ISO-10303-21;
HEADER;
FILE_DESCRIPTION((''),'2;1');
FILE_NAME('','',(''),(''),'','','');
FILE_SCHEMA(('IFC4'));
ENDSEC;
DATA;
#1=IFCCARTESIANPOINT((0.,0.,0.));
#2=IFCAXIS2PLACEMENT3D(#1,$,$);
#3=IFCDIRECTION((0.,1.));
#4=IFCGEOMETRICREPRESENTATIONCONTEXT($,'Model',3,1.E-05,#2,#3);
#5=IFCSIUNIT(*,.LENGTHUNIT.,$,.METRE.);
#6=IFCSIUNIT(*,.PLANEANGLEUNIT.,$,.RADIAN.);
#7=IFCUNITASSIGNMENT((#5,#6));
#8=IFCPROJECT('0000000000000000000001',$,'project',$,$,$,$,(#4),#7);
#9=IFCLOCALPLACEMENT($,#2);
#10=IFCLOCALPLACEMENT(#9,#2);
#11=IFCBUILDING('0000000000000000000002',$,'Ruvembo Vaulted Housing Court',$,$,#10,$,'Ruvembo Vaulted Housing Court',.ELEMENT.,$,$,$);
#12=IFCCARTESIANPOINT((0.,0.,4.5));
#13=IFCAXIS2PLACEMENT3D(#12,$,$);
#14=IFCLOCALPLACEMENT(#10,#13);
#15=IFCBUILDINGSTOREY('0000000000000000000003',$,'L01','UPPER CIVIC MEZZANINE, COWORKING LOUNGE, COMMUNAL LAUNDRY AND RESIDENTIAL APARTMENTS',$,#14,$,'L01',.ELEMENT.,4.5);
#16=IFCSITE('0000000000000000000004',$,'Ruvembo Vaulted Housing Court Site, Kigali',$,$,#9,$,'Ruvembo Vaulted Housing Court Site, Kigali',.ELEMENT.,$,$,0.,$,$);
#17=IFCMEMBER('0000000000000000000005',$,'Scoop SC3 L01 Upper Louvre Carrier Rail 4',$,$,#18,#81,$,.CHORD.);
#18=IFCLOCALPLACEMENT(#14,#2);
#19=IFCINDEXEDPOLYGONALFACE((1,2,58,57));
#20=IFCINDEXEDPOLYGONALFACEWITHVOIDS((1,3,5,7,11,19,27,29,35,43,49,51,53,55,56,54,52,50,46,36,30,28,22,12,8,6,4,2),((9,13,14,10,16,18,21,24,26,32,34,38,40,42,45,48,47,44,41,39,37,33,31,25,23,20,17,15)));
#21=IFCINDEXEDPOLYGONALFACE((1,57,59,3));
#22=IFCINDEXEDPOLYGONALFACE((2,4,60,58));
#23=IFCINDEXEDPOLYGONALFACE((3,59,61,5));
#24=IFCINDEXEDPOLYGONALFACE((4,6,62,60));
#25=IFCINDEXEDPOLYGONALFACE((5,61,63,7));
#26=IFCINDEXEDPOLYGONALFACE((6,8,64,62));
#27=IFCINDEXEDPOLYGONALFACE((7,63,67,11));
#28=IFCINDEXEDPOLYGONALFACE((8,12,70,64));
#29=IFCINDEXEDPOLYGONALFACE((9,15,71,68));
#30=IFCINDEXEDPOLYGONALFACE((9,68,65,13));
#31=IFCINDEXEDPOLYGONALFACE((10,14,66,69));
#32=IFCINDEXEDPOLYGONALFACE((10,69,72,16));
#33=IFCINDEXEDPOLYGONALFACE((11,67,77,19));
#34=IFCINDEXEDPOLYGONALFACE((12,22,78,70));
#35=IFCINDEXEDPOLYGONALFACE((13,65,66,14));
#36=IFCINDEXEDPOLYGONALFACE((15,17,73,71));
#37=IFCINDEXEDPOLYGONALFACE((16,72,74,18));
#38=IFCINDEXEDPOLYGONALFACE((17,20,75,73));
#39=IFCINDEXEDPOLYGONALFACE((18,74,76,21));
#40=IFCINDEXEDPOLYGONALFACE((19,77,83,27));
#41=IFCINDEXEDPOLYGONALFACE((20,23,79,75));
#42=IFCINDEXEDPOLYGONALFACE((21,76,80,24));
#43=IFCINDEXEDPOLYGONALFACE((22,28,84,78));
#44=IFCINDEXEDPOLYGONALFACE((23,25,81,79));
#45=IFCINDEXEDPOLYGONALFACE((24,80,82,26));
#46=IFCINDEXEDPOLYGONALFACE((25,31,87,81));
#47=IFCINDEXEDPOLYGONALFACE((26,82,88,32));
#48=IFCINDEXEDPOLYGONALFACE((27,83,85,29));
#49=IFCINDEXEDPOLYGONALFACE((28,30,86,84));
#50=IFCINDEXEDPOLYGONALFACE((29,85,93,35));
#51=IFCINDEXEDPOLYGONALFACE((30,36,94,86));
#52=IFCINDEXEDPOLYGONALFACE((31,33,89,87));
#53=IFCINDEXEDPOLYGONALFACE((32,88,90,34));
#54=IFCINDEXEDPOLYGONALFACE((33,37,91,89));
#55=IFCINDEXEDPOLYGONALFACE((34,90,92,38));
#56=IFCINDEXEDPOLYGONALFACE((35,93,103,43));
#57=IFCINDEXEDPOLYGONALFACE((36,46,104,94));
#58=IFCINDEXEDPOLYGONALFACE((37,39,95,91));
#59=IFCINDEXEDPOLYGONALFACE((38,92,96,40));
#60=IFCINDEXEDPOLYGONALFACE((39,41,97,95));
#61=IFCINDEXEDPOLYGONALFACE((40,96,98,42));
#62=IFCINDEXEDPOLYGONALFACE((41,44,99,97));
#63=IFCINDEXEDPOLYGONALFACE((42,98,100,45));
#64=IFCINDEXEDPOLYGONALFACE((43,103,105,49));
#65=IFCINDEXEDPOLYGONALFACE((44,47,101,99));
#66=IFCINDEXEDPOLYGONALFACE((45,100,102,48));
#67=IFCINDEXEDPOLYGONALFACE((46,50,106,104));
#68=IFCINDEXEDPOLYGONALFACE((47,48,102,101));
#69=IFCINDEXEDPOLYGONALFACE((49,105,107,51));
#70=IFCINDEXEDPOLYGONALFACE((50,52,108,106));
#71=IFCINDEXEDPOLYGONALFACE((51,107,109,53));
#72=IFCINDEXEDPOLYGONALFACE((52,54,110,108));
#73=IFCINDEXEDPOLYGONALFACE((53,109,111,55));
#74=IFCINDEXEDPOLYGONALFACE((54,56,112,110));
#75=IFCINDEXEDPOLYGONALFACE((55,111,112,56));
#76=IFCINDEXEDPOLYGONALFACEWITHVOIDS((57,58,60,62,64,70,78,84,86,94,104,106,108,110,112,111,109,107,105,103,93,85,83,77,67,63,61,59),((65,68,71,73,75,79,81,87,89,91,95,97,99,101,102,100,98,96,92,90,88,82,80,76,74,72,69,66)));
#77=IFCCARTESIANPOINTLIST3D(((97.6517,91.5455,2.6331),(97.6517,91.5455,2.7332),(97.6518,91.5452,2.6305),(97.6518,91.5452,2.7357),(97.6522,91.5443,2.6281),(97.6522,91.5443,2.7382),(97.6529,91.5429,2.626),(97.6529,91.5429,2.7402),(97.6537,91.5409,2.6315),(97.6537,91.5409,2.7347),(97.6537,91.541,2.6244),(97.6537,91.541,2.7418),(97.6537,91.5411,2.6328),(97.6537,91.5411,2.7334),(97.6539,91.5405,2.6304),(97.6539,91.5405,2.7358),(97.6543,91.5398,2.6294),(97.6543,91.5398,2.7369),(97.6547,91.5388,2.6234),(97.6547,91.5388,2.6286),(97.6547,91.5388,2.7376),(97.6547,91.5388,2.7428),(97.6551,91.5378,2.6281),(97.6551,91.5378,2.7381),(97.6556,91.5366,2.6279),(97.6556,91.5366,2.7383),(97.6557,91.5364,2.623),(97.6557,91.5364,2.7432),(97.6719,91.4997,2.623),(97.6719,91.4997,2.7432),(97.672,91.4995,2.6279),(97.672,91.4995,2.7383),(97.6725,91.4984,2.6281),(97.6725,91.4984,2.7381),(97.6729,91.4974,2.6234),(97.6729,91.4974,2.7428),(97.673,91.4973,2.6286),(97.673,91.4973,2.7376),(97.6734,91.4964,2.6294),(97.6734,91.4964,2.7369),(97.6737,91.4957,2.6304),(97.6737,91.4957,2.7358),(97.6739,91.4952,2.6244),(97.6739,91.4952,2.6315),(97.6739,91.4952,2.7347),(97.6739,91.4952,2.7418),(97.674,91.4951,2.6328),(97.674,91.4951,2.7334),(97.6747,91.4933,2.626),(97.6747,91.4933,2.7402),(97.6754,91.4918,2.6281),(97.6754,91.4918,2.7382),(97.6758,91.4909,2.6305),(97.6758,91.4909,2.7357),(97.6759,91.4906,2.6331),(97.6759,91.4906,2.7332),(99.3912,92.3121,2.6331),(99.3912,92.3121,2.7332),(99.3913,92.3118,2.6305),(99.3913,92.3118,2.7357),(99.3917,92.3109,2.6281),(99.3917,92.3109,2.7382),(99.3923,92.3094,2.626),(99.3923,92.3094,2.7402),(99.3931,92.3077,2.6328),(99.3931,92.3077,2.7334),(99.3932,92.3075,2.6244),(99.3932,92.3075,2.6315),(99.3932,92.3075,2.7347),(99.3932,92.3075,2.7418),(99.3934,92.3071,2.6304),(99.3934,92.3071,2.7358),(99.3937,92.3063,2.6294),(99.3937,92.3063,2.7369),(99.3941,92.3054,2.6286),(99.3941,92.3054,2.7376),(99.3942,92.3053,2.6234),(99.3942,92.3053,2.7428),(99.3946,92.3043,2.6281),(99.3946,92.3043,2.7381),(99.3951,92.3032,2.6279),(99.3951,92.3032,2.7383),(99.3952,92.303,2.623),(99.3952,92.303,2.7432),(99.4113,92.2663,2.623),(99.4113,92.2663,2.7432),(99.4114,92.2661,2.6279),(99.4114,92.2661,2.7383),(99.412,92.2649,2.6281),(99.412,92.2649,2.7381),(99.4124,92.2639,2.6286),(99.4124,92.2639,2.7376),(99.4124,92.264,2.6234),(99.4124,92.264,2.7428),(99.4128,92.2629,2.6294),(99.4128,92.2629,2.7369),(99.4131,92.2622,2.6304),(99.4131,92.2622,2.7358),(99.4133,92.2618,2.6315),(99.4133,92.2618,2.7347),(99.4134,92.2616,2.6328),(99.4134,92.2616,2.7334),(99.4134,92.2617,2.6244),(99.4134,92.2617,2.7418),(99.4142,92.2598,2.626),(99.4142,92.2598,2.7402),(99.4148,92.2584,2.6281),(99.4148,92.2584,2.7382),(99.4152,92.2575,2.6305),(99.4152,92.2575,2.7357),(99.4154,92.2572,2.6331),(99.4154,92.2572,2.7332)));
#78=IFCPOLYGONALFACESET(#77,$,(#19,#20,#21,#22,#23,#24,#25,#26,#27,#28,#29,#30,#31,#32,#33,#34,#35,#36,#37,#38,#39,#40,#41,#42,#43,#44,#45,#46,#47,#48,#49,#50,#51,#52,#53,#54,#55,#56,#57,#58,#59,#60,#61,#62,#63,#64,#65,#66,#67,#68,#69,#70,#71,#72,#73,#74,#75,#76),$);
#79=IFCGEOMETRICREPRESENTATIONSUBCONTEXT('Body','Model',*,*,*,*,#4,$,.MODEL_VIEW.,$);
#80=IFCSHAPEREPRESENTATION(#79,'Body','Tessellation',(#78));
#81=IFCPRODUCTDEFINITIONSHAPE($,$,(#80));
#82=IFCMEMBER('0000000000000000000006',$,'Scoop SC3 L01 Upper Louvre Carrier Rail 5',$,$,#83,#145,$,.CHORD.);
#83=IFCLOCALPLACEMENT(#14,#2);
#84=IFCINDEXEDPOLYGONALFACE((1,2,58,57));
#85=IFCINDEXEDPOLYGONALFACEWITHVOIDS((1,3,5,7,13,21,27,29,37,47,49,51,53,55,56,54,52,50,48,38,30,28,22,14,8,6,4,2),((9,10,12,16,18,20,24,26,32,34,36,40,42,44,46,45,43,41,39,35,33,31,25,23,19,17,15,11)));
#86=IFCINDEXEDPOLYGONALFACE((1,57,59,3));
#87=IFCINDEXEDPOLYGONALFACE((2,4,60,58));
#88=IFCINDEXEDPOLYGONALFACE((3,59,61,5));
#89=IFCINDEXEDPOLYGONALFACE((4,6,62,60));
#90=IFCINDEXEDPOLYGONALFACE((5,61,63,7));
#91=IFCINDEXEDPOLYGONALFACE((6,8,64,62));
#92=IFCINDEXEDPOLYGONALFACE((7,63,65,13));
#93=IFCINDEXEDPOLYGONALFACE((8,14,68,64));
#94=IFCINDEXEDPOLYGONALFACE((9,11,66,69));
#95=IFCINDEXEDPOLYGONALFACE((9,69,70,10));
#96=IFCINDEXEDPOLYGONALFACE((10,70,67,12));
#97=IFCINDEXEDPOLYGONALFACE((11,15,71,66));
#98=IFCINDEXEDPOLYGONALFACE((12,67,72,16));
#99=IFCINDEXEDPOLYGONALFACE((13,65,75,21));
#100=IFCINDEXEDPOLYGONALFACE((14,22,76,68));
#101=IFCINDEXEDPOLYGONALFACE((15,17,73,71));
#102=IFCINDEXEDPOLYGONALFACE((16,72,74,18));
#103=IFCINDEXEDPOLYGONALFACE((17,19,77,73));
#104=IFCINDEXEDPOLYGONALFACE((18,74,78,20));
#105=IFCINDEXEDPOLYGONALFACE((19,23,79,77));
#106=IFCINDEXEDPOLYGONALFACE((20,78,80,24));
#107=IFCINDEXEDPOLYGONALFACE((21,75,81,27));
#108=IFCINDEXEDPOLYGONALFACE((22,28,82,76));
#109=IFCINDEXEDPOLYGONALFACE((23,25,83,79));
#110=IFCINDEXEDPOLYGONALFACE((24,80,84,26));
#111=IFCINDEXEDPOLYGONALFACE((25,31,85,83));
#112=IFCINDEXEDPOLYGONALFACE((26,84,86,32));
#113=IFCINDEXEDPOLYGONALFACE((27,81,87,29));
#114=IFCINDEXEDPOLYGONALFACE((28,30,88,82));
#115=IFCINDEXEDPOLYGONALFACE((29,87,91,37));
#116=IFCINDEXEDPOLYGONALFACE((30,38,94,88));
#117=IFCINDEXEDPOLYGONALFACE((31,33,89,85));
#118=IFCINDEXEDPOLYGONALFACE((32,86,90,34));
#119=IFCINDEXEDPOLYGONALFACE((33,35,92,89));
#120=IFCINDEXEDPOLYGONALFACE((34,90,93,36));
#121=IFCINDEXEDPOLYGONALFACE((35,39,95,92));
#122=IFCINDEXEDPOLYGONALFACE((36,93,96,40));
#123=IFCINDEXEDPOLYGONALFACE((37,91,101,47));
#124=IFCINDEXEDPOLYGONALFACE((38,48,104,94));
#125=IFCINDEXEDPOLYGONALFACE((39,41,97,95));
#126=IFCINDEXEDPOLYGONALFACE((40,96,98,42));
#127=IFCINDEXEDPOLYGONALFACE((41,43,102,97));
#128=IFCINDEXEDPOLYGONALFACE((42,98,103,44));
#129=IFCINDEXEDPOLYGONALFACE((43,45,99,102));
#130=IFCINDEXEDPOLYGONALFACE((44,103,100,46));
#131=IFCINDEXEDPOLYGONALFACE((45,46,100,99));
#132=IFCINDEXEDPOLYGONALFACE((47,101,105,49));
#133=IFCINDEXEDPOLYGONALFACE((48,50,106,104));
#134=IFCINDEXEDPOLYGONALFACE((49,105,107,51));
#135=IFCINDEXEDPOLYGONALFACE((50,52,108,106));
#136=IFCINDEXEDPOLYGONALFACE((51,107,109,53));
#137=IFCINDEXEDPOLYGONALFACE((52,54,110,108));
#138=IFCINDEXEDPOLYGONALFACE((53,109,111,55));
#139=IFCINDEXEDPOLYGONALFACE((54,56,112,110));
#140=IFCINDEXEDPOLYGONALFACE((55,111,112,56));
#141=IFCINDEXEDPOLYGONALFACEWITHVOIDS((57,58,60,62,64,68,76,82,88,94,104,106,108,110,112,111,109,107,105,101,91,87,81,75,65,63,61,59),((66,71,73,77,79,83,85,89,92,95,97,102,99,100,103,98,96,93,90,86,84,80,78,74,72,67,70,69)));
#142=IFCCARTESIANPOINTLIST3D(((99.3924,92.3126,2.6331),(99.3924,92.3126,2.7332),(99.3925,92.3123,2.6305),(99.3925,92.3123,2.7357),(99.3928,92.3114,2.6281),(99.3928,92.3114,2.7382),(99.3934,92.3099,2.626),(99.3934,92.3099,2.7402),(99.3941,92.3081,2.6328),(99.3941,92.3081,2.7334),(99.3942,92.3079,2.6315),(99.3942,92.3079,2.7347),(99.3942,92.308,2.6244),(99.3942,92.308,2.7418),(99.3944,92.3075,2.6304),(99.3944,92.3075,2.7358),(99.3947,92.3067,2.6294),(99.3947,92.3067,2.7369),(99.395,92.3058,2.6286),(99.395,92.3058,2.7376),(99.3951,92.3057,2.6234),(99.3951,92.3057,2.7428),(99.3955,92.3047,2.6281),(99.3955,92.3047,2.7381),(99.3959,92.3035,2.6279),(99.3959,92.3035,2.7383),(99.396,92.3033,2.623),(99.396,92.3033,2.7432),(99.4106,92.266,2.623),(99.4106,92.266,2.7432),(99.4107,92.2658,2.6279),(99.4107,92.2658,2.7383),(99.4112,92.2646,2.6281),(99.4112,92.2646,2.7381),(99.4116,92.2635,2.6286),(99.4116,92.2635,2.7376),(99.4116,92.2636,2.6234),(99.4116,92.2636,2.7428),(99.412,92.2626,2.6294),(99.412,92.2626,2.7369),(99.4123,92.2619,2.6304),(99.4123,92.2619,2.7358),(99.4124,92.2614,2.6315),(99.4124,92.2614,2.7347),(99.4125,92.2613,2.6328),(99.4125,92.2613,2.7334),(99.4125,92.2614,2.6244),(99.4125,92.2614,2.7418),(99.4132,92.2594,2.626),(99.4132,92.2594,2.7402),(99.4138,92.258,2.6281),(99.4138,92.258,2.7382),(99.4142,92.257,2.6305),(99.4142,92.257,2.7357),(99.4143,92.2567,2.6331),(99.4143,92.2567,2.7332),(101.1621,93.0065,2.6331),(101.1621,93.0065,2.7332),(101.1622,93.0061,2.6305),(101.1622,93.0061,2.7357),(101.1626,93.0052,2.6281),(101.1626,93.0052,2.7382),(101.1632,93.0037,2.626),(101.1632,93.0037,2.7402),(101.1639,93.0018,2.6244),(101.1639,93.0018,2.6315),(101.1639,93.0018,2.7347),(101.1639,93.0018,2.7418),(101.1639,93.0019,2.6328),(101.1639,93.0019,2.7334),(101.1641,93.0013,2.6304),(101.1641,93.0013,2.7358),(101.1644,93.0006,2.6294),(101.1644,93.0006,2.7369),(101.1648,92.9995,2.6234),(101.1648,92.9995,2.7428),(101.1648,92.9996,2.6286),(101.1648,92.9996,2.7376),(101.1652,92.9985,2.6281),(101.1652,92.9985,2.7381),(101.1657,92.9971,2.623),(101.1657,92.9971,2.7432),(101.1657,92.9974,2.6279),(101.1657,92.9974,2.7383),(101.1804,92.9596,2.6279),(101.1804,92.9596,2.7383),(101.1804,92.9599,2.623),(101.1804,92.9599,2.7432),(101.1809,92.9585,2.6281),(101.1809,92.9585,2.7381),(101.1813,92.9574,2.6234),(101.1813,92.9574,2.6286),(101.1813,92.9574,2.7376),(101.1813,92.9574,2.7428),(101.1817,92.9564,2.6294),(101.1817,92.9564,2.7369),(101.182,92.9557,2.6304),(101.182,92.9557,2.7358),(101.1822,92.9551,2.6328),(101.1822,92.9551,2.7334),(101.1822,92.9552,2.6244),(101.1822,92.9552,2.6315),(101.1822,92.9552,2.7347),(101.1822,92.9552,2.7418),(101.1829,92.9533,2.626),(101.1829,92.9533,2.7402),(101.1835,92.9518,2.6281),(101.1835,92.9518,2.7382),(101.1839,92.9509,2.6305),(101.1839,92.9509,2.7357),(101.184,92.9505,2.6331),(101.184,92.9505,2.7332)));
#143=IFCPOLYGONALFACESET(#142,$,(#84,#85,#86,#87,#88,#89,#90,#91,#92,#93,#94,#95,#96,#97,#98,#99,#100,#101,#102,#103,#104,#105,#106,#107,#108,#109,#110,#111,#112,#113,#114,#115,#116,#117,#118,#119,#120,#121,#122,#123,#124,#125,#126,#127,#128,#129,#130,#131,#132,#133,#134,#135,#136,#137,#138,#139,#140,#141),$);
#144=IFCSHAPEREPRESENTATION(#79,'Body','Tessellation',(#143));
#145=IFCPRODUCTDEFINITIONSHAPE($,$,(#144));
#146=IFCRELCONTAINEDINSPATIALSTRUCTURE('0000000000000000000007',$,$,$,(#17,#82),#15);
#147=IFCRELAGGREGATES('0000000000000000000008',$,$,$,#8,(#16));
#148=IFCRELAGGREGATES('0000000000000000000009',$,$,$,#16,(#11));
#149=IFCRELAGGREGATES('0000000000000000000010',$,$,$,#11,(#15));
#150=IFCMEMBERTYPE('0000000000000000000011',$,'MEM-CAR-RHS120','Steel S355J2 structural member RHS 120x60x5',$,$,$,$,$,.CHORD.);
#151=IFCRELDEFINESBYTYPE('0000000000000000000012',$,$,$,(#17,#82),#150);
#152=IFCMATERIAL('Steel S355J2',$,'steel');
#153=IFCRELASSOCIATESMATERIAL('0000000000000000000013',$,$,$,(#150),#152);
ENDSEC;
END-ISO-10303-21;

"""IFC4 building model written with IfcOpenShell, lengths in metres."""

from ifc_helpers import new_model, si_unit, direction, frame, origin, origin_2d, place, context, subcontext, project, spatial, hollow_rectangle, extrude, material, material_profile, profile_set, type_object, element, save


model = new_model("IFC4")

# Units and contexts
model_context = context("Model", 3, precision=1e-05, world=origin(), true_north=direction((0.0, 1.0)))
body_context = subcontext(model_context, "Body", "Model", "MODEL_VIEW")
ifc_project = project(units=[si_unit("LENGTHUNIT", "METRE"), si_unit("PLANEANGLEUNIT", "RADIAN")], contexts=[model_context])

# Site, building, storey
site_placement = place(None, origin())
site = spatial("IfcSite", under=ifc_project, at=site_placement, Name="Ruvembo Vaulted Housing Court Site, Kigali", LongName="Ruvembo Vaulted Housing Court Site, Kigali", CompositionType="ELEMENT", RefElevation=0.0)
building_placement = place(site_placement, origin())
building = spatial("IfcBuilding", under=site, at=building_placement, Name="Ruvembo Vaulted Housing Court", LongName="Ruvembo Vaulted Housing Court", CompositionType="ELEMENT")
storey_placement = place(building_placement, frame((0.0, 0.0, 4.5)))
storey = spatial("IfcBuildingStorey", under=building, at=storey_placement, Name="L01", Description="UPPER CIVIC MEZZANINE, COWORKING LOUNGE, COMMUNAL LAUNDRY AND RESIDENTIAL APARTMENTS", LongName="L01", CompositionType="ELEMENT", Elevation=4.5)

# Shared definitions
ifc_material_1 = material(Name="Steel S355J2", Category="steel")

# Members
ifc_material_profile_1 = material_profile(ifc_material_1, hollow_rectangle(XDim=0.0601, YDim=0.1201, WallThickness=0.0049, InnerFilletRadius=0.0049, OuterFilletRadius=0.01, at=origin_2d()), Name="RHS 120x60x5")
ifc_profile_set_1 = profile_set([ifc_material_profile_1], Name="Steel S355J2")
member_type_1 = type_object("IfcMemberType", Name="MEM-CAR-RHS120", Description="Steel S355J2 structural member RHS 120x60x5", PredefinedType="CHORD", material=ifc_profile_set_1)
for number, where, z_axis, x_axis, name in (
    (1, (97.6638, 91.5181, 2.6831), (0.915078, 0.403277, 0.0), (-0.403277, 0.915078, 0.0), "Scoop SC3 L01 Upper Louvre Carrier Rail 4"),
    (2, (99.4033, 92.2847, 2.6831), (0.931006, 0.365005, 0.0), (-0.365005, 0.931006, 0.0), "Scoop SC3 L01 Upper Louvre Carrier Rail 5"),
):
    element("IfcMember", number, at=place(storey_placement, frame(where, z_axis=z_axis, x_axis=x_axis)), inside=storey, type_object=member_type_1, Name=name, PredefinedType="CHORD", context=body_context, shape_type="SweptSolid", body=[
        extrude(hollow_rectangle(XDim=0.0601, YDim=0.1201, WallThickness=0.0049, InnerFilletRadius=0.0049, OuterFilletRadius=0.01, at=origin_2d()), origin(), (0.0, 0.0, 1.0), 1.9009),
    ])

save(model, "model.ifc")
